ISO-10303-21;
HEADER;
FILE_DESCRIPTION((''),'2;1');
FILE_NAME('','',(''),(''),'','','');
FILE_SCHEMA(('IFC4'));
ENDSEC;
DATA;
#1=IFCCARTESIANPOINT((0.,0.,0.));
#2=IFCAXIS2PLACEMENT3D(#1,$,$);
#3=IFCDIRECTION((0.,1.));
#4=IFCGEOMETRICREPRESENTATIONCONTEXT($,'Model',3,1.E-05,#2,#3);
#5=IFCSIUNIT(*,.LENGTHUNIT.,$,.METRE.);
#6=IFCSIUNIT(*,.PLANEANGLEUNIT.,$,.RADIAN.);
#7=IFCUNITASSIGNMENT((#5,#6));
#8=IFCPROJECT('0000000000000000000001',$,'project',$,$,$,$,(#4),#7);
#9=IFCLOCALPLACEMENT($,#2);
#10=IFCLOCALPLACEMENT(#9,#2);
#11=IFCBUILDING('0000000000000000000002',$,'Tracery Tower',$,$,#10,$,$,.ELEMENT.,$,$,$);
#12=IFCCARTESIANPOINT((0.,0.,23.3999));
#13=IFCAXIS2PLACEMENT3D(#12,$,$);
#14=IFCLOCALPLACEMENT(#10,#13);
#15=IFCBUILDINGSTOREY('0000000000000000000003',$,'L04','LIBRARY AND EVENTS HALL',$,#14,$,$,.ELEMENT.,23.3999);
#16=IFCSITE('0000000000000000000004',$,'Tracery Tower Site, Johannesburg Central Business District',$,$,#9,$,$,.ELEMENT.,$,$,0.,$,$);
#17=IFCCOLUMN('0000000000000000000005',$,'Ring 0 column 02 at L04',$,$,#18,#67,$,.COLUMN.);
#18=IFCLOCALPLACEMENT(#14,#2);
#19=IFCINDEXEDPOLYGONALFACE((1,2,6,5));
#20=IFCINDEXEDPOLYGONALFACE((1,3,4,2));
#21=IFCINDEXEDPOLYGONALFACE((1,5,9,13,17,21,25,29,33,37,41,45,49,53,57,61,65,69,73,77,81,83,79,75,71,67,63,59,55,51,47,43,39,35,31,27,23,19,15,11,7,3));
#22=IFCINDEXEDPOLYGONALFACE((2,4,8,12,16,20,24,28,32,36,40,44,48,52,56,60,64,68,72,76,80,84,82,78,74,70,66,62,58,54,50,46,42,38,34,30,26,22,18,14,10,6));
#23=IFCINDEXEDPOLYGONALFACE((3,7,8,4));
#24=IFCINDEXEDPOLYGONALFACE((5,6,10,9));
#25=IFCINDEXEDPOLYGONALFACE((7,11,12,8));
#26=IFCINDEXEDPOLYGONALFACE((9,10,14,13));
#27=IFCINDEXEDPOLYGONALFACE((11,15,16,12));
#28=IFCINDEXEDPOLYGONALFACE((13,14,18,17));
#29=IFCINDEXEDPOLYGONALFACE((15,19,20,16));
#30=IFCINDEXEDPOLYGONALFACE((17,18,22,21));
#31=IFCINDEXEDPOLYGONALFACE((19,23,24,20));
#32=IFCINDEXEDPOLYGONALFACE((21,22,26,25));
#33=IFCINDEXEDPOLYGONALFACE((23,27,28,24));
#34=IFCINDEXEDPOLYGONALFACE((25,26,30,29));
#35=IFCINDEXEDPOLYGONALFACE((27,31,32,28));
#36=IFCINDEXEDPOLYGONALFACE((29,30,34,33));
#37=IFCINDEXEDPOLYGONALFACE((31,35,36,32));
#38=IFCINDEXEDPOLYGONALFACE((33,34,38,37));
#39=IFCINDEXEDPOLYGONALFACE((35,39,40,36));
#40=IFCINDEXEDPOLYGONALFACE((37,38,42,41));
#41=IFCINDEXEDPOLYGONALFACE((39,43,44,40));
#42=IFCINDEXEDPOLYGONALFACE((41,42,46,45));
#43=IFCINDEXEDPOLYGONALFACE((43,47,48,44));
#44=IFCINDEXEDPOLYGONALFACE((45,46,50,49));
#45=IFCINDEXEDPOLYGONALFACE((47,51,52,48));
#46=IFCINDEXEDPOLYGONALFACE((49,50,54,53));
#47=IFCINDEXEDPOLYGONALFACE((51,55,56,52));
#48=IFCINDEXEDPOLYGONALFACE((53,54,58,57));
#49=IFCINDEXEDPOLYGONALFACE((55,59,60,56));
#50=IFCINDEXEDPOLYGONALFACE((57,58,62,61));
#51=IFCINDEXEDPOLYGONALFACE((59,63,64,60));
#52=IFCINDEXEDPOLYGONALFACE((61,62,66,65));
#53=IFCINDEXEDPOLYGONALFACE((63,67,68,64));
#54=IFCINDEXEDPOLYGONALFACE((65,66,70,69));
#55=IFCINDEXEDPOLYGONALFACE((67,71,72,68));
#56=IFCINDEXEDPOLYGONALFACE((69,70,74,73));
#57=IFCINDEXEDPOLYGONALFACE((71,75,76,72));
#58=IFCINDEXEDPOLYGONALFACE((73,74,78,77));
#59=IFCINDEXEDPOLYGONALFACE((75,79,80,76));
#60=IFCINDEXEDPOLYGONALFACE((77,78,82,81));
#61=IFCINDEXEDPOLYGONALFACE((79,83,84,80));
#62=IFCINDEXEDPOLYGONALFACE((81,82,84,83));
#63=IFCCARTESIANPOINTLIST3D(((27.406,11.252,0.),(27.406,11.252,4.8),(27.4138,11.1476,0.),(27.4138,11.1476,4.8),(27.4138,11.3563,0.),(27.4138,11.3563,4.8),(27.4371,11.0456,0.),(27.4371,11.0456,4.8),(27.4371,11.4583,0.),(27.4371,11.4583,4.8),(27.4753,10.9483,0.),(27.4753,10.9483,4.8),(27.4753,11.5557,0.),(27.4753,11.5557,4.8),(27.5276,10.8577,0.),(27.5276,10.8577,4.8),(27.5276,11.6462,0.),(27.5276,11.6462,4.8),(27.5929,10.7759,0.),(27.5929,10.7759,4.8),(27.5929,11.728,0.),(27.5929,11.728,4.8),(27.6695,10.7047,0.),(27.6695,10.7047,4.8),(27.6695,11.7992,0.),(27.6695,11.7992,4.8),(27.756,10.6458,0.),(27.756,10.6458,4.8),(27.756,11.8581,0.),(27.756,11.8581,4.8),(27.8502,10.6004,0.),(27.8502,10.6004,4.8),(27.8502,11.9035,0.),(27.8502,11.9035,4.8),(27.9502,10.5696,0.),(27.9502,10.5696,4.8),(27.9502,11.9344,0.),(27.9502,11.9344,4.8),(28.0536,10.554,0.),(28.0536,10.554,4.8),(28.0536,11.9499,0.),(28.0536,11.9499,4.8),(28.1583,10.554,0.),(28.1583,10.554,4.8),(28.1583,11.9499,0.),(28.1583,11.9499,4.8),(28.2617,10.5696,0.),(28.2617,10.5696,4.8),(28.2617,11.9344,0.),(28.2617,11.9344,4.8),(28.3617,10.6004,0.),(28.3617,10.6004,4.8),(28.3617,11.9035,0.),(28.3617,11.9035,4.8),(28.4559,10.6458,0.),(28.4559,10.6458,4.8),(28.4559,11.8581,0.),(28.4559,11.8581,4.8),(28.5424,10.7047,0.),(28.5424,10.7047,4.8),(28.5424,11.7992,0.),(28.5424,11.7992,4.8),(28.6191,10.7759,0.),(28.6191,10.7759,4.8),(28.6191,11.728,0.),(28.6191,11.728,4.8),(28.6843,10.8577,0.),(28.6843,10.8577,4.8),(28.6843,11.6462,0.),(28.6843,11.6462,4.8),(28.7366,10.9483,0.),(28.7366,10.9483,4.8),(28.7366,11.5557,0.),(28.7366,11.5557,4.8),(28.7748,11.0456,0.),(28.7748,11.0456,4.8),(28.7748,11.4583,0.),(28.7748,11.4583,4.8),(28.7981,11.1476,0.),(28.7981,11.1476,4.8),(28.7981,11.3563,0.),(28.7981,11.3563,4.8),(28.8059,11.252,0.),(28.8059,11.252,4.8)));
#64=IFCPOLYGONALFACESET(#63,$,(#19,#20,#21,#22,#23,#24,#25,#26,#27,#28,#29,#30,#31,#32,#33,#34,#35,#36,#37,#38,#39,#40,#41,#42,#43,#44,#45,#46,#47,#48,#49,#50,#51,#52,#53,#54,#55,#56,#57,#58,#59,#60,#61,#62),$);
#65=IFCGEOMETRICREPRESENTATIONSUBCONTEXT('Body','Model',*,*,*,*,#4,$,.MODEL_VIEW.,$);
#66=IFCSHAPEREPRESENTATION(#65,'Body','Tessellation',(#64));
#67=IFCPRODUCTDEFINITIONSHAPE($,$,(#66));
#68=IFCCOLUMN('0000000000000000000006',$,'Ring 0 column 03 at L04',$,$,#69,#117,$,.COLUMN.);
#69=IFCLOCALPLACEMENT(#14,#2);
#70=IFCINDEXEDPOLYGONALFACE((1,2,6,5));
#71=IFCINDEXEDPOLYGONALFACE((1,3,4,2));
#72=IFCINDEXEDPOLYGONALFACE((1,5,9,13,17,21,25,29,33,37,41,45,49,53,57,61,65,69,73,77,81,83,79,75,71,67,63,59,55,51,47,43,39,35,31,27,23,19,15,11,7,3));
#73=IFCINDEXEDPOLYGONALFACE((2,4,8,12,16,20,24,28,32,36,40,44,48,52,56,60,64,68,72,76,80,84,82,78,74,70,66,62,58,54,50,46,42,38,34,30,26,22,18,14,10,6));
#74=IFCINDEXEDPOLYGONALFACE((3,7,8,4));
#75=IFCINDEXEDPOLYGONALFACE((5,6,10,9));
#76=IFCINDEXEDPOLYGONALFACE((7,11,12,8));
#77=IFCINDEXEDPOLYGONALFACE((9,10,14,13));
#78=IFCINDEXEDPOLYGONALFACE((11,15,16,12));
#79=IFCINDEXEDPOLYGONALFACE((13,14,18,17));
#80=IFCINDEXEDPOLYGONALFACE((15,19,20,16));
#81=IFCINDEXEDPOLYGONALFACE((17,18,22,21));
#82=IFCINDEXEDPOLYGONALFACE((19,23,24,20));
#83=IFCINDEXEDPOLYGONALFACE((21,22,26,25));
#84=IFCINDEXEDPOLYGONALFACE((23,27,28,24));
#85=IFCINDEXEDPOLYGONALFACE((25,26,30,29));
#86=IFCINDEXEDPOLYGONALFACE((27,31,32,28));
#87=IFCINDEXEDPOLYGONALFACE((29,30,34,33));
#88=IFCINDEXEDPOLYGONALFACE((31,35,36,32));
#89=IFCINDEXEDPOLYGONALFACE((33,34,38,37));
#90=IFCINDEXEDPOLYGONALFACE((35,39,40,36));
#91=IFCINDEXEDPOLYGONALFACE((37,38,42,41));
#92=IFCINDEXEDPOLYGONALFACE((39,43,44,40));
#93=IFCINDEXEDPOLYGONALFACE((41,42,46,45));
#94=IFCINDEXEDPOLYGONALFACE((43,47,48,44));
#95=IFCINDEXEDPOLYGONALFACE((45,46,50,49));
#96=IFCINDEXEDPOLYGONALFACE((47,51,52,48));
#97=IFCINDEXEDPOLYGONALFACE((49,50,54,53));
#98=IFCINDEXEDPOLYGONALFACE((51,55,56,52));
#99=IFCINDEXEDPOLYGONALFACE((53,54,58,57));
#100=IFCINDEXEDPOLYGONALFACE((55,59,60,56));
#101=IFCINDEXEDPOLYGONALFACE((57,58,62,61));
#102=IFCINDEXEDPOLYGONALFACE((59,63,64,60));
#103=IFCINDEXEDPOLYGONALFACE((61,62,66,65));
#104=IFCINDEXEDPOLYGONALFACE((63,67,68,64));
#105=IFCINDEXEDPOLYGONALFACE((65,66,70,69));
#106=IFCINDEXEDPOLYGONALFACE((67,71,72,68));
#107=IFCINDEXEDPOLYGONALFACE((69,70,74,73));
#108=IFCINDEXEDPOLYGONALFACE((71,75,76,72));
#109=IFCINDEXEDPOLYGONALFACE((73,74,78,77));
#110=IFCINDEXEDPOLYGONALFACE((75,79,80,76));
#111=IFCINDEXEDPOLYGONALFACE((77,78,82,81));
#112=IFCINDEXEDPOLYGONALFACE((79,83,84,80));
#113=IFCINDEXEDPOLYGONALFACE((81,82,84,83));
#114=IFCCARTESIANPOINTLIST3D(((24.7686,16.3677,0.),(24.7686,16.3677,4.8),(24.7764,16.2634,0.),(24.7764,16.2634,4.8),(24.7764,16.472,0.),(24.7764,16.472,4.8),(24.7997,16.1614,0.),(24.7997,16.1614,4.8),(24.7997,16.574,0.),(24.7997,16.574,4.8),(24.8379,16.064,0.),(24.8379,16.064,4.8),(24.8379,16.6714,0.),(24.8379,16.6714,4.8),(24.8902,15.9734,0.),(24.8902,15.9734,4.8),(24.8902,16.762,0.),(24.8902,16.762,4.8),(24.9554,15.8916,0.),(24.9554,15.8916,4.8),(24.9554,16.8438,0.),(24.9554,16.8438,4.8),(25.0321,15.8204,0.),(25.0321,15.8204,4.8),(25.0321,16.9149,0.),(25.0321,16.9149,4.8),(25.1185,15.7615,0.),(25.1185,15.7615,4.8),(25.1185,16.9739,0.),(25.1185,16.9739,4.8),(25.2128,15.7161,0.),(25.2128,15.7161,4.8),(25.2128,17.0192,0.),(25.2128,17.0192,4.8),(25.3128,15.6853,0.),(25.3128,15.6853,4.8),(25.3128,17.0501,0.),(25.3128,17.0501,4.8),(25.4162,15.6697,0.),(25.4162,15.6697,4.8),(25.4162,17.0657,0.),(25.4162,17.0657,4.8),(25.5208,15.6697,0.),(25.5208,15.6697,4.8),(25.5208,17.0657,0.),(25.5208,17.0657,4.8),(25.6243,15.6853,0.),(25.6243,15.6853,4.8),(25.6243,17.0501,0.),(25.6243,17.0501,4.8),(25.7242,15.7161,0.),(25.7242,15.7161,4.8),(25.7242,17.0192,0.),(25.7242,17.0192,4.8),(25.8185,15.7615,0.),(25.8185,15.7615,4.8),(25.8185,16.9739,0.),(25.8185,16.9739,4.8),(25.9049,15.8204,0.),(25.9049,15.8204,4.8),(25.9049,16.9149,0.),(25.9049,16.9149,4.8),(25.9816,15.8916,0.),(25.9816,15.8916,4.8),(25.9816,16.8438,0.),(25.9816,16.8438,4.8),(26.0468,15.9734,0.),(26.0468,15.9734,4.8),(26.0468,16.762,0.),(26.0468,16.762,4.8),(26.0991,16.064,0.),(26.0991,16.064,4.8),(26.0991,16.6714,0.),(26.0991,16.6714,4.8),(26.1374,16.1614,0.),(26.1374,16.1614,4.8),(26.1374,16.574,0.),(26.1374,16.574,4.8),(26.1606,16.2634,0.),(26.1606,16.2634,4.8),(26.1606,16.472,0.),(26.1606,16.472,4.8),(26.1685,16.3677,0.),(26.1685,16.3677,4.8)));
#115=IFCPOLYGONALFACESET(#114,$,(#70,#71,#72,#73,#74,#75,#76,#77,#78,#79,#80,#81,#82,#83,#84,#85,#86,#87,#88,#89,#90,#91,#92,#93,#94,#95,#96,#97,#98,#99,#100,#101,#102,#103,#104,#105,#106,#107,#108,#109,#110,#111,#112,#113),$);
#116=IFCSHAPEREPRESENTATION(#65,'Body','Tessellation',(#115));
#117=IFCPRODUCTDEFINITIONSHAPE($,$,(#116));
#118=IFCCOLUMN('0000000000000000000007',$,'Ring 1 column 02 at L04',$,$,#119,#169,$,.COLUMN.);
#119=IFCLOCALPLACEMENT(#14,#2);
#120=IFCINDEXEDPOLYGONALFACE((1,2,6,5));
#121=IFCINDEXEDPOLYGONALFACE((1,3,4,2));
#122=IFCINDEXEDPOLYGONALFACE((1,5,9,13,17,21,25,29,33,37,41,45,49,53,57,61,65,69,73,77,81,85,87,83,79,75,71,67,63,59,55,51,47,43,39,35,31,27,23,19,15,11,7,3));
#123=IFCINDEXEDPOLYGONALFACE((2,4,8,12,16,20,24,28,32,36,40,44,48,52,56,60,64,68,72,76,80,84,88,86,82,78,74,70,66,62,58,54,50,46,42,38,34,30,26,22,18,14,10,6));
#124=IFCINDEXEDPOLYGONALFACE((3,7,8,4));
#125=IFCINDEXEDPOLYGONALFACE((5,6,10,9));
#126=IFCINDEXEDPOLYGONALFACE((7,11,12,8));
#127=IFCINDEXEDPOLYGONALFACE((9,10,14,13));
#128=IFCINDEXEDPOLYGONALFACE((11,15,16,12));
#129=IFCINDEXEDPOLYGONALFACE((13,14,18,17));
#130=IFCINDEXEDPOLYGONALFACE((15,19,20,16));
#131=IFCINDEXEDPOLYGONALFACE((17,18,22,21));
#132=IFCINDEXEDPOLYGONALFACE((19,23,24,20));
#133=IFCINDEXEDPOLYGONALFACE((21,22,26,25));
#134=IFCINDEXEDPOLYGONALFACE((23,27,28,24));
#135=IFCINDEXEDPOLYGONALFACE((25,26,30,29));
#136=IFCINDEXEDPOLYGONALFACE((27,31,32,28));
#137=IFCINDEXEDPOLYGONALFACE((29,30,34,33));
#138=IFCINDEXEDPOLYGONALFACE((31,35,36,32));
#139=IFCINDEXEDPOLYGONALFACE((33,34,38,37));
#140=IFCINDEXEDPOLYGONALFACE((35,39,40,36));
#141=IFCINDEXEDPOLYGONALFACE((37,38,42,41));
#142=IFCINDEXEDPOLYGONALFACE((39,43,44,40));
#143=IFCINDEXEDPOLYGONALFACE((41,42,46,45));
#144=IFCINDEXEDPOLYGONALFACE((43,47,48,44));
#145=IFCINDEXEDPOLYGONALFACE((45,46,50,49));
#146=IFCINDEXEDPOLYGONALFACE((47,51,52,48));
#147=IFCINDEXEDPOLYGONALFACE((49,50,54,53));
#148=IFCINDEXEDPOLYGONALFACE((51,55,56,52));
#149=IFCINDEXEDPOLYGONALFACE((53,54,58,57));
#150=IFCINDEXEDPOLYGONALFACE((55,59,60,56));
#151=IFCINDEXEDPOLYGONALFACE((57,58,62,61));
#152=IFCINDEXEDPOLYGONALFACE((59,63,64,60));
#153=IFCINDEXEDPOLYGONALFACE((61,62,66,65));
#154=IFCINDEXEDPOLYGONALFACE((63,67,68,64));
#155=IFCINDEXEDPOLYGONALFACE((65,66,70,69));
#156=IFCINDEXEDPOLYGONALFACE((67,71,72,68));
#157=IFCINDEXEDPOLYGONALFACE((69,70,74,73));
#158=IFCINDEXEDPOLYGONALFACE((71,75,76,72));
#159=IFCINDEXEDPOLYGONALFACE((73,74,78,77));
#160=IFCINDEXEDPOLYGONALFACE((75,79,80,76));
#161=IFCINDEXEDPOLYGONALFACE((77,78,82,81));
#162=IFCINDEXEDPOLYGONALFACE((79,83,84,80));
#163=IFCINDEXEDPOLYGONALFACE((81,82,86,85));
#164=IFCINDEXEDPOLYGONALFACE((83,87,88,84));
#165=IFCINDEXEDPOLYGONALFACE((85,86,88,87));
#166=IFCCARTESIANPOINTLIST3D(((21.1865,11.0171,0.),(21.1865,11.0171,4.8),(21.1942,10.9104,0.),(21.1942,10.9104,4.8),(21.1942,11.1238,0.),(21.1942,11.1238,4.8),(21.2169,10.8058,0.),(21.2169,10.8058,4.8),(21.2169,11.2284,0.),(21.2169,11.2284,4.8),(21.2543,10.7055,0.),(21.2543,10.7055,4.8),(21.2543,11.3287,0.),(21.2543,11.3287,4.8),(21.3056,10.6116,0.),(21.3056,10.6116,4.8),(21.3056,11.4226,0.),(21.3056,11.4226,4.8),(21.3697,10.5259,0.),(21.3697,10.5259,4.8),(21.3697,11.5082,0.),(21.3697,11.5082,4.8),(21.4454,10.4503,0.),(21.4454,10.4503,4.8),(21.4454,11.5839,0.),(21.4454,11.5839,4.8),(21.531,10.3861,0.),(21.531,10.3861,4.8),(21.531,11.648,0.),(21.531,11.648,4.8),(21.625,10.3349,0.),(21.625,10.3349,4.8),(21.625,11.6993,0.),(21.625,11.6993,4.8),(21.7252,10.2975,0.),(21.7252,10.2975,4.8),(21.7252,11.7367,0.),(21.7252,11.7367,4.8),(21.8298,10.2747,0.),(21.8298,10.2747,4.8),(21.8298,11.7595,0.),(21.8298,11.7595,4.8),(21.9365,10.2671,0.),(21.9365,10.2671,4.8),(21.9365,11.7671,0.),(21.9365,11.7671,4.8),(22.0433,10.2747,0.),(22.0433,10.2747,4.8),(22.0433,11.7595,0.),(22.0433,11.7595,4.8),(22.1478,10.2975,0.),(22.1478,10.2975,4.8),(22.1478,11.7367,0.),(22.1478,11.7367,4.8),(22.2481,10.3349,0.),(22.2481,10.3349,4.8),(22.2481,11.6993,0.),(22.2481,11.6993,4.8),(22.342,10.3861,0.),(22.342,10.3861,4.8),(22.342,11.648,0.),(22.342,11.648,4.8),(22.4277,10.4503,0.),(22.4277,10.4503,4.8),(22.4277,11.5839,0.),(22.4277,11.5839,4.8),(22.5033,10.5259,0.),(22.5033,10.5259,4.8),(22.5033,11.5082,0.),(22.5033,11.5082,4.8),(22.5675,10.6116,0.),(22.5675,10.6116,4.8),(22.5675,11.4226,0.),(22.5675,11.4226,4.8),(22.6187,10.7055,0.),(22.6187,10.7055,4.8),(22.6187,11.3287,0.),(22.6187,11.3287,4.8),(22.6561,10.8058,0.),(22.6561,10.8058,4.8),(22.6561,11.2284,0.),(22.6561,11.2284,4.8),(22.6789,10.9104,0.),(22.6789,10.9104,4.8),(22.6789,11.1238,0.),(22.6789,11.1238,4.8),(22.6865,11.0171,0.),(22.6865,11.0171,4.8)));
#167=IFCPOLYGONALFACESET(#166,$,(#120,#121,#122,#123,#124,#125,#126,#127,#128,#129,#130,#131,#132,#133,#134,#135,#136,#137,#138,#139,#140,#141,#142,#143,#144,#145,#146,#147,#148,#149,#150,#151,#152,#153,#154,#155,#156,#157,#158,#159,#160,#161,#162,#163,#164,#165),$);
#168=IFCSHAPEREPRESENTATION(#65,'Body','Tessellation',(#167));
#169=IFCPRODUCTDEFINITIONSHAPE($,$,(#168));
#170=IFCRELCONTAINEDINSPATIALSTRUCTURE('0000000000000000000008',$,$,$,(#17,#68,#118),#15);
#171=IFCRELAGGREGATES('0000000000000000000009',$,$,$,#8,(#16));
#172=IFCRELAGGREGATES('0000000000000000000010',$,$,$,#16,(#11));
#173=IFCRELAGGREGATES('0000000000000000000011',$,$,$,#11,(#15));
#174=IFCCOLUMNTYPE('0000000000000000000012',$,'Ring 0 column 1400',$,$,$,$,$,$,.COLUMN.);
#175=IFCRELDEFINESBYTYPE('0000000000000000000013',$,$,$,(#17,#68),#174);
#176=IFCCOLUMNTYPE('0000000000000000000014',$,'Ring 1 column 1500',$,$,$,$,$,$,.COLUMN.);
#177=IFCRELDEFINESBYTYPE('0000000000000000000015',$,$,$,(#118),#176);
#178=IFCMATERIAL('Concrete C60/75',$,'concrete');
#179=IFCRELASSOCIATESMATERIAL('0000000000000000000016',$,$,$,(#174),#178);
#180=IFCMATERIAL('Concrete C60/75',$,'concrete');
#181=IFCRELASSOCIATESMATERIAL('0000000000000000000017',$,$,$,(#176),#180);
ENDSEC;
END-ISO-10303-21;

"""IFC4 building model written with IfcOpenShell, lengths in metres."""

from ifc_helpers import new_model, si_unit, direction, frame, origin, origin_2d, place, context, subcontext, project, spatial, circle, extrude, material, material_profile, profile_set, type_object, element, save


model = new_model("IFC4")

# Units and contexts
model_context = context("Model", 3, precision=1e-05, world=origin(), true_north=direction((0.0, 1.0)))
body_context = subcontext(model_context, "Body", "Model", "MODEL_VIEW")
ifc_project = project(units=[si_unit("LENGTHUNIT", "METRE"), si_unit("PLANEANGLEUNIT", "RADIAN")], contexts=[model_context])

# Site, building, storey
site_placement = place(None, origin())
site = spatial("IfcSite", under=ifc_project, at=site_placement, Name="Tracery Tower Site, Johannesburg Central Business District", CompositionType="ELEMENT", RefElevation=0.0)
building_placement = place(site_placement, origin())
building = spatial("IfcBuilding", under=site, at=building_placement, Name="Tracery Tower", CompositionType="ELEMENT")
storey_placement = place(building_placement, frame((0.0, 0.0, 23.3999)))
storey = spatial("IfcBuildingStorey", under=building, at=storey_placement, Name="L04", Description="LIBRARY AND EVENTS HALL", CompositionType="ELEMENT", Elevation=23.3999)

# Columns
ifc_material_1 = material(Name="Concrete C60/75", Category="concrete")
ifc_material_profile_1 = material_profile(ifc_material_1, circle(Radius=0.7, at=origin_2d()), Name="RC D1400")
ifc_profile_set_1 = profile_set([ifc_material_profile_1], Name="Concrete C60/75")
column_type_1 = type_object("IfcColumnType", Name="Ring 0 column 1400", PredefinedType="COLUMN", material=ifc_profile_set_1)
for number, where, z_axis, x_axis, name in (
    (1, (28.106, 11.252, 0.0), (0.0, 0.0, 1.0), (1.0, 0.0, 0.0), "Ring 0 column 02 at L04"),
    (2, (25.4685, 16.3677, 0.0), (0.0, 0.0, 1.0), (1.0, 0.0, 0.0), "Ring 0 column 03 at L04"),
):
    element("IfcColumn", number, at=place(storey_placement, frame(where, z_axis=z_axis, x_axis=x_axis)), inside=storey, type_object=column_type_1, Name=name, PredefinedType="COLUMN", context=body_context, shape_type="SweptSolid", body=[
        extrude(circle(Radius=0.7, at=origin_2d()), origin(), (0.0, 0.0, 1.0), 4.8),
    ])
ifc_material_2 = material(Name="Concrete C60/75", Category="concrete")
ifc_material_profile_2 = material_profile(ifc_material_2, circle(Radius=0.75, at=origin_2d()), Name="RC D1500")
ifc_profile_set_2 = profile_set([ifc_material_profile_2], Name="Concrete C60/75")
column_type_2 = type_object("IfcColumnType", Name="Ring 1 column 1500", PredefinedType="COLUMN", material=ifc_profile_set_2)
for number, where, z_axis, x_axis, name in (
    (3, (21.9365, 11.0171, 0.0), (0.0, 0.0, 1.0), (1.0, 0.0, 0.0), "Ring 1 column 02 at L04"),
):
    element("IfcColumn", number, at=place(storey_placement, frame(where, z_axis=z_axis, x_axis=x_axis)), inside=storey, type_object=column_type_2, Name=name, PredefinedType="COLUMN", context=body_context, shape_type="SweptSolid", body=[
        extrude(circle(Radius=0.75, at=origin_2d()), origin(), (0.0, 0.0, 1.0), 4.8),
    ])

save(model, "model.ifc")
